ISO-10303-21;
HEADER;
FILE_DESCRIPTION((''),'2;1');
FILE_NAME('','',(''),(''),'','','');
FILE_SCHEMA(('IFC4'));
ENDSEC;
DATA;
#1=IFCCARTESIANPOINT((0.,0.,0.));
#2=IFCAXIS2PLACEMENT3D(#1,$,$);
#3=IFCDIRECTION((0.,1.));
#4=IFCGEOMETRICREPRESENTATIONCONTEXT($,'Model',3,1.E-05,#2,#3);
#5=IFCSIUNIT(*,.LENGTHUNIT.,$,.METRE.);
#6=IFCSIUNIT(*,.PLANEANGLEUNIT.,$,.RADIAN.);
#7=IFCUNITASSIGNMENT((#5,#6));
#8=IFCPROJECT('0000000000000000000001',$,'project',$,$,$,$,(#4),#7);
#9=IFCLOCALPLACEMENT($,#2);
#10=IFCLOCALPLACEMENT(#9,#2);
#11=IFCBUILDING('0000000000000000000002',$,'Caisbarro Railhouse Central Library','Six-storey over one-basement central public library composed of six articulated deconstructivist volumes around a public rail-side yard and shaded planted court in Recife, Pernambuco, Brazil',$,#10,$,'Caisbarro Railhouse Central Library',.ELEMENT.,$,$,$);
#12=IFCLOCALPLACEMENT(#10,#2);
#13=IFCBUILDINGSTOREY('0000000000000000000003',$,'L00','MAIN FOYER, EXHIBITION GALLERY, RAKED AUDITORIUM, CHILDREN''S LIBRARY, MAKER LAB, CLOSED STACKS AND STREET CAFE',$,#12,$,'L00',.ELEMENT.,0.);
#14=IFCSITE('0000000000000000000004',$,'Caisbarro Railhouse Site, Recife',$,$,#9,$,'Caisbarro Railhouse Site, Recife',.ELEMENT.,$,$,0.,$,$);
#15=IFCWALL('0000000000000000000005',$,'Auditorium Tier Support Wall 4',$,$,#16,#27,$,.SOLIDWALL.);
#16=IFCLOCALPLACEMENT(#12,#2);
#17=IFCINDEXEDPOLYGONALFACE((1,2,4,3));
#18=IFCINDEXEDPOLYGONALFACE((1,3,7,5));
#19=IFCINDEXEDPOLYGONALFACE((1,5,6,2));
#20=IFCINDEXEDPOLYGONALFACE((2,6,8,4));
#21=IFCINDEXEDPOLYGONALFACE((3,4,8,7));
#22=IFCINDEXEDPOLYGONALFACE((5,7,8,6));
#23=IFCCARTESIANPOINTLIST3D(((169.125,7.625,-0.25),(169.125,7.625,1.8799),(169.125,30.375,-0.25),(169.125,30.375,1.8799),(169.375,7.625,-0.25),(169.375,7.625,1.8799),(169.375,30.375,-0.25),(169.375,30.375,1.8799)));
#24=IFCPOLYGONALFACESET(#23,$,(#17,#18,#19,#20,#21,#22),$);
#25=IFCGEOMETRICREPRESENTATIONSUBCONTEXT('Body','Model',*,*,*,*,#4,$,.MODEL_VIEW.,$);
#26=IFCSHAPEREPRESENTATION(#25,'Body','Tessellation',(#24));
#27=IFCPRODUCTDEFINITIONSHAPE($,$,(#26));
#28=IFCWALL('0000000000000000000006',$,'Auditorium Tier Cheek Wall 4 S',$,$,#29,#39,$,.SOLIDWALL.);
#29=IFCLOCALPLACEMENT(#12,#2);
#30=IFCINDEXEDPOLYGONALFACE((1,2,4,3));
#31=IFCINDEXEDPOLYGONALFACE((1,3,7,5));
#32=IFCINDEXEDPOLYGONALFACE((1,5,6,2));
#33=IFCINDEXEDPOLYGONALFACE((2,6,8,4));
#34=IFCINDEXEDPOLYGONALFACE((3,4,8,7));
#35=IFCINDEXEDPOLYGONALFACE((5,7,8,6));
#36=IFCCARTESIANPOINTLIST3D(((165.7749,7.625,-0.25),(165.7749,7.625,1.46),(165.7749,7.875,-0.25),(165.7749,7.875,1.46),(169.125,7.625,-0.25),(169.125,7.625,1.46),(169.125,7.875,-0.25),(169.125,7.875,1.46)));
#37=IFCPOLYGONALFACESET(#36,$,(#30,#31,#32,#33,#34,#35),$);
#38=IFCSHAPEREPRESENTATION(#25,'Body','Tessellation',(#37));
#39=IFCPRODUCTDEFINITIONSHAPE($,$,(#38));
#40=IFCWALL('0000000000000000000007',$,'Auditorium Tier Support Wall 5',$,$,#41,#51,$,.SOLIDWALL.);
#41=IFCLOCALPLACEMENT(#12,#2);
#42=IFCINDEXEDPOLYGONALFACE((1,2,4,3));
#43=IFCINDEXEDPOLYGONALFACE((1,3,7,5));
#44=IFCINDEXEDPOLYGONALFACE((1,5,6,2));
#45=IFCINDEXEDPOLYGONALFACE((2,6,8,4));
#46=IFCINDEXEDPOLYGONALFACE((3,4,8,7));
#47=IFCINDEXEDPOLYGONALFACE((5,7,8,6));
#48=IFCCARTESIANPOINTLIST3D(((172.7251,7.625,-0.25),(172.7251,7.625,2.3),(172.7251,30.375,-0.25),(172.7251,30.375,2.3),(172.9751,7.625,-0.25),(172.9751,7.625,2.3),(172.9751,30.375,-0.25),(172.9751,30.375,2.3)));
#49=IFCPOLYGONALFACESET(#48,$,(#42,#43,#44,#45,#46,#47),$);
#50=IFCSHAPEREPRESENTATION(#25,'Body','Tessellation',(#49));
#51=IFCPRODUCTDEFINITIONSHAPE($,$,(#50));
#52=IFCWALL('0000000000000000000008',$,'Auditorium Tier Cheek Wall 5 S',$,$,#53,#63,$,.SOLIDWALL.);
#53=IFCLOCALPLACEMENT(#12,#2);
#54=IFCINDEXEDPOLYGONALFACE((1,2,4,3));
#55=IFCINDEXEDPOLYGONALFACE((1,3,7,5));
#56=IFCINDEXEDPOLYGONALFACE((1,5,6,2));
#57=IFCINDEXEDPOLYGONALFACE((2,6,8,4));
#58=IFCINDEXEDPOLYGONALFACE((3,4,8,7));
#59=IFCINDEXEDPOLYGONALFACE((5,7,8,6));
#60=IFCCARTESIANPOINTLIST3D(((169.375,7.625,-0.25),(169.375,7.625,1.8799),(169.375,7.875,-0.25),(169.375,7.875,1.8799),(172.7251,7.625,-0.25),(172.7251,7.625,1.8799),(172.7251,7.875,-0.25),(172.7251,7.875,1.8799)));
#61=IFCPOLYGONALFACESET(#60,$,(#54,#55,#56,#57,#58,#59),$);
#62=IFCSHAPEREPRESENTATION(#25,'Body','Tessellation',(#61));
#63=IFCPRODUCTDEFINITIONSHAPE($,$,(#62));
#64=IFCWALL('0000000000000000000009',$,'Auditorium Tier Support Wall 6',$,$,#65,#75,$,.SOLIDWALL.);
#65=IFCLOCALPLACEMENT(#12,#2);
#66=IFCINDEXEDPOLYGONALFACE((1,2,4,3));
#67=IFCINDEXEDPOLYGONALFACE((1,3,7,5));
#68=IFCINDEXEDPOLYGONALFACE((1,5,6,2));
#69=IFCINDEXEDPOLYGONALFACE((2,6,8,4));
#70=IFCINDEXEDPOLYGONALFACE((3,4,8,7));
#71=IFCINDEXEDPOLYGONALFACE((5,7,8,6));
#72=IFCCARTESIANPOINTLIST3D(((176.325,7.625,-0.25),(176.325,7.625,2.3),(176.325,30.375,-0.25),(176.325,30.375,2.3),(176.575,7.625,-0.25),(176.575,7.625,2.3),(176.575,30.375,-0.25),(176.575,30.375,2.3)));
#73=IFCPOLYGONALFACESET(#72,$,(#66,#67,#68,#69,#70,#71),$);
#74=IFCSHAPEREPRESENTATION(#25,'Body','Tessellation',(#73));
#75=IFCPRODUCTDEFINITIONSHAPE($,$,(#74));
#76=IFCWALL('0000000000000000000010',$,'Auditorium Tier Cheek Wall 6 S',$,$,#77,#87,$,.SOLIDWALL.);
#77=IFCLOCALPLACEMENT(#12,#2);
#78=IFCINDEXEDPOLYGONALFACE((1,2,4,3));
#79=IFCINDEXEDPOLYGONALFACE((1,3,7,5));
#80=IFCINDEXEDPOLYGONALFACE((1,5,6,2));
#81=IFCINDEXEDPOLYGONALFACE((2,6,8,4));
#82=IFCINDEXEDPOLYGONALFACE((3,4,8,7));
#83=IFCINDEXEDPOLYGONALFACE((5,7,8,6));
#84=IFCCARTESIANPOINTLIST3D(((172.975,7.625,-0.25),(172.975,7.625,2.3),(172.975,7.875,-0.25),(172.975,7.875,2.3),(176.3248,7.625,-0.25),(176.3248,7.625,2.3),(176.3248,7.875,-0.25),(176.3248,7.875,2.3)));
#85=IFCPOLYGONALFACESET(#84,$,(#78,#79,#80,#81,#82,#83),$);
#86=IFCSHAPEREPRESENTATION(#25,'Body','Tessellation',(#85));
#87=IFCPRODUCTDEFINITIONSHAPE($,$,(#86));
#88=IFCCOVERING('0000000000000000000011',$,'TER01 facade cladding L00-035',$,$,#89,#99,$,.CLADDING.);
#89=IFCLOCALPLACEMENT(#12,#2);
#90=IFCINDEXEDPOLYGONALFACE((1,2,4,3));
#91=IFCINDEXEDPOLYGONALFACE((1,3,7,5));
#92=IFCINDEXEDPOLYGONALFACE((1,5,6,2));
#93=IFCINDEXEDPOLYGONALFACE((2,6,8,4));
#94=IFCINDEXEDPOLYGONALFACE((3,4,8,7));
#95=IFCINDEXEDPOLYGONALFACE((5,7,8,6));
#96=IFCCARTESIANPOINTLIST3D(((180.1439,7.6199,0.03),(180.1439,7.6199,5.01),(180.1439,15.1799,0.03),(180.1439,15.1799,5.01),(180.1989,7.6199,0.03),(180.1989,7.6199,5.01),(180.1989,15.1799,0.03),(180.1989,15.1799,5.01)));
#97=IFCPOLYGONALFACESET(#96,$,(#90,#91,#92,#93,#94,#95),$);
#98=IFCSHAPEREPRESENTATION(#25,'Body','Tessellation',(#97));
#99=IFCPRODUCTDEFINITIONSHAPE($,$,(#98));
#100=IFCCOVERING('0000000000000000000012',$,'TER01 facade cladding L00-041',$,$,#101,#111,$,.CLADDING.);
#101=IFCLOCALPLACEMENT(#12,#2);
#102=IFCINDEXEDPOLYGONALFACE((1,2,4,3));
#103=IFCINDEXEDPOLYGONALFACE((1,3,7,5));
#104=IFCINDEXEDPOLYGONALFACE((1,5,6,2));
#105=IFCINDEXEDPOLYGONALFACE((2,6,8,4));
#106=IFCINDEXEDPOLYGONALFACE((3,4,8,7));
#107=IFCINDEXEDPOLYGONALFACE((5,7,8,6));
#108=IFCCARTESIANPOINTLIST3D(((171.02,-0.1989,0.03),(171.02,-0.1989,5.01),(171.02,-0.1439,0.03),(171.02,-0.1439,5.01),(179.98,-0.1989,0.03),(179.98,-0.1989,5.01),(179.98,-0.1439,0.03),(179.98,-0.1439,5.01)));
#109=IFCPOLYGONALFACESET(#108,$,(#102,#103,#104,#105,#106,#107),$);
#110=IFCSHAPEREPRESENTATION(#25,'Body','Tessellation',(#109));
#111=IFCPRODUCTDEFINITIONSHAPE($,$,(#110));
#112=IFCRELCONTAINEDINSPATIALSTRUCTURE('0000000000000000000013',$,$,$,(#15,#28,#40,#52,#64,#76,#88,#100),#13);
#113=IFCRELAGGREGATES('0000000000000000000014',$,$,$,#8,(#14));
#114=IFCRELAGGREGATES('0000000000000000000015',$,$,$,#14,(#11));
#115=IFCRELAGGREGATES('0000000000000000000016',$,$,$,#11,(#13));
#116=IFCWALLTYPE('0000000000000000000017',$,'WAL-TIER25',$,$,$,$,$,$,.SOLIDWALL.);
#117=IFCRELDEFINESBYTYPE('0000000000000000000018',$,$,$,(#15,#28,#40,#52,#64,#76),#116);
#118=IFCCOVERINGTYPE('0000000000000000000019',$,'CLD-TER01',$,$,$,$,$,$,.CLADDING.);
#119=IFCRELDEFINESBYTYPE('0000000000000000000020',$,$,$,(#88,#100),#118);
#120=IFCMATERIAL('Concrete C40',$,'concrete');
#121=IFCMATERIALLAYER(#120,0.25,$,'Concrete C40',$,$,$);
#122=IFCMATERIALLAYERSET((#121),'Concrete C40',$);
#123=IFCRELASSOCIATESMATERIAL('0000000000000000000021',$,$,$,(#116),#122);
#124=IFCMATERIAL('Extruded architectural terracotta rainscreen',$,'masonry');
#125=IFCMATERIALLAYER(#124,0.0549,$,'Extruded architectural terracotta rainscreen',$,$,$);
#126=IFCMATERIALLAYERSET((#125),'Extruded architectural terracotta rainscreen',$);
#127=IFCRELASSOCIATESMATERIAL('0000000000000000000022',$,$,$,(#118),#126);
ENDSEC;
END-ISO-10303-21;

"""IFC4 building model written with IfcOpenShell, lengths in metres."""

from ifc_helpers import new_model, si_unit, direction, frame, frame_2d, origin, origin_2d, place, context, subcontext, project, spatial, rectangle, extrude, material, layer, layer_set, type_object, element, save


model = new_model("IFC4")

# Units and contexts
model_context = context("Model", 3, precision=1e-05, world=origin(), true_north=direction((0.0, 1.0)))
body_context = subcontext(model_context, "Body", "Model", "MODEL_VIEW")
ifc_project = project(units=[si_unit("LENGTHUNIT", "METRE"), si_unit("PLANEANGLEUNIT", "RADIAN")], contexts=[model_context])

# Site, building, storey
site_placement = place(None, origin())
site = spatial("IfcSite", under=ifc_project, at=site_placement, Name="Caisbarro Railhouse Site, Recife", LongName="Caisbarro Railhouse Site, Recife", CompositionType="ELEMENT", RefElevation=0.0)
building_placement = place(site_placement, origin())
building = spatial("IfcBuilding", under=site, at=building_placement, Name="Caisbarro Railhouse Central Library", Description="Six-storey over one-basement central public library composed of six articulated deconstructivist volumes around a public rail-side yard and shaded planted court in Recife, Pernambuco, Brazil", LongName="Caisbarro Railhouse Central Library", CompositionType="ELEMENT")
storey_placement = place(building_placement, origin())
storey = spatial("IfcBuildingStorey", under=building, at=storey_placement, Name="L00", Description="MAIN FOYER, EXHIBITION GALLERY, RAKED AUDITORIUM, CHILDREN'S LIBRARY, MAKER LAB, CLOSED STACKS AND STREET CAFE", LongName="L00", CompositionType="ELEMENT", Elevation=0.0)

# Shared definitions
ifc_material_1 = material(Name="Concrete C40", Category="concrete")

# Walls
ifc_layer_1 = layer(ifc_material_1, 0.25, Name="Concrete C40")
ifc_layer_set_1 = layer_set([ifc_layer_1], Name="Concrete C40")
wall_type_1 = type_object("IfcWallType", Name="WAL-TIER25", PredefinedType="SOLIDWALL", material=ifc_layer_set_1)
wall_1_placement = place(storey_placement, frame((169.25, 7.625, -0.25), z_axis=(0.0, 0.0, 1.0), x_axis=(0.0, 1.0, 0.0)))
element("IfcWall", 1, at=wall_1_placement, inside=storey, type_object=wall_type_1, Name="Auditorium Tier Support Wall 4", PredefinedType="SOLIDWALL", context=body_context, shape_type="SweptSolid", body=[
    extrude(rectangle(XDim=22.75, YDim=0.25, at=frame_2d((11.375, 0.0))), origin(), (0.0, 0.0, 1.0), 2.1299),
])
wall_2_placement = place(storey_placement, frame((165.7749, 7.75, -0.25), z_axis=(0.0, 0.0, 1.0), x_axis=(1.0, 0.0, 0.0)))
element("IfcWall", 2, at=wall_2_placement, inside=storey, type_object=wall_type_1, Name="Auditorium Tier Cheek Wall 4 S", PredefinedType="SOLIDWALL", context=body_context, shape_type="SweptSolid", body=[
    extrude(rectangle(XDim=3.3501, YDim=0.25, at=frame_2d((1.675, 0.0))), origin(), (0.0, 0.0, 1.0), 1.71),
])
wall_3_placement = place(storey_placement, frame((172.8501, 7.625, -0.25), z_axis=(0.0, 0.0, 1.0), x_axis=(0.0, 1.0, 0.0)))
element("IfcWall", 3, at=wall_3_placement, inside=storey, type_object=wall_type_1, Name="Auditorium Tier Support Wall 5", PredefinedType="SOLIDWALL", context=body_context, shape_type="SweptSolid", body=[
    extrude(rectangle(XDim=22.75, YDim=0.25, at=frame_2d((11.375, 0.0))), origin(), (0.0, 0.0, 1.0), 2.55),
])
wall_4_placement = place(storey_placement, frame((169.375, 7.75, -0.25), z_axis=(0.0, 0.0, 1.0), x_axis=(1.0, 0.0, 0.0)))
element("IfcWall", 4, at=wall_4_placement, inside=storey, type_object=wall_type_1, Name="Auditorium Tier Cheek Wall 5 S", PredefinedType="SOLIDWALL", context=body_context, shape_type="SweptSolid", body=[
    extrude(rectangle(XDim=3.3501, YDim=0.25, at=frame_2d((1.675, 0.0))), origin(), (0.0, 0.0, 1.0), 2.1299),
])
wall_5_placement = place(storey_placement, frame((176.45, 7.625, -0.25), z_axis=(0.0, 0.0, 1.0), x_axis=(0.0, 1.0, 0.0)))
element("IfcWall", 5, at=wall_5_placement, inside=storey, type_object=wall_type_1, Name="Auditorium Tier Support Wall 6", PredefinedType="SOLIDWALL", context=body_context, shape_type="SweptSolid", body=[
    extrude(rectangle(XDim=22.75, YDim=0.25, at=frame_2d((11.375, 0.0))), origin(), (0.0, 0.0, 1.0), 2.55),
])
wall_6_placement = place(storey_placement, frame((172.9751, 7.75, -0.25), z_axis=(0.0, 0.0, 1.0), x_axis=(1.0, 0.0, 0.0)))
element("IfcWall", 6, at=wall_6_placement, inside=storey, type_object=wall_type_1, Name="Auditorium Tier Cheek Wall 6 S", PredefinedType="SOLIDWALL", context=body_context, shape_type="SweptSolid", body=[
    extrude(rectangle(XDim=3.3499, YDim=0.25, at=frame_2d((1.6748, 0.0))), origin(), (0.0, 0.0, 1.0), 2.55),
])

# Coverings
ifc_material_2 = material(Name="Extruded architectural terracotta rainscreen", Category="masonry")
ifc_layer_2 = layer(ifc_material_2, 0.0549, Name="Extruded architectural terracotta rainscreen")
ifc_layer_set_2 = layer_set([ifc_layer_2], Name="Extruded architectural terracotta rainscreen")
covering_type = type_object("IfcCoveringType", Name="CLD-TER01", PredefinedType="CLADDING", material=ifc_layer_set_2)
covering_1_placement = place(storey_placement, frame((180.1714, 11.3999, 0.03), z_axis=(0.0, 0.0, 1.0), x_axis=(0.0, 1.0, 0.0)))
element("IfcCovering", 7, at=covering_1_placement, inside=storey, type_object=covering_type, Name="TER01 facade cladding L00-035", PredefinedType="CLADDING", context=body_context, shape_type="SweptSolid", body=[
    extrude(rectangle(XDim=7.5601, YDim=0.0549, at=origin_2d()), origin(), (0.0, 0.0, 1.0), 4.98),
])
covering_2_placement = place(storey_placement, frame((175.5, -0.1714, 0.03), z_axis=(0.0, 0.0, 1.0), x_axis=(1.0, 0.0, 0.0)))
element("IfcCovering", 8, at=covering_2_placement, inside=storey, type_object=covering_type, Name="TER01 facade cladding L00-041", PredefinedType="CLADDING", context=body_context, shape_type="SweptSolid", body=[
    extrude(rectangle(XDim=8.96, YDim=0.0549, at=origin_2d()), origin(), (0.0, 0.0, 1.0), 4.98),
])

save(model, "model.ifc")
